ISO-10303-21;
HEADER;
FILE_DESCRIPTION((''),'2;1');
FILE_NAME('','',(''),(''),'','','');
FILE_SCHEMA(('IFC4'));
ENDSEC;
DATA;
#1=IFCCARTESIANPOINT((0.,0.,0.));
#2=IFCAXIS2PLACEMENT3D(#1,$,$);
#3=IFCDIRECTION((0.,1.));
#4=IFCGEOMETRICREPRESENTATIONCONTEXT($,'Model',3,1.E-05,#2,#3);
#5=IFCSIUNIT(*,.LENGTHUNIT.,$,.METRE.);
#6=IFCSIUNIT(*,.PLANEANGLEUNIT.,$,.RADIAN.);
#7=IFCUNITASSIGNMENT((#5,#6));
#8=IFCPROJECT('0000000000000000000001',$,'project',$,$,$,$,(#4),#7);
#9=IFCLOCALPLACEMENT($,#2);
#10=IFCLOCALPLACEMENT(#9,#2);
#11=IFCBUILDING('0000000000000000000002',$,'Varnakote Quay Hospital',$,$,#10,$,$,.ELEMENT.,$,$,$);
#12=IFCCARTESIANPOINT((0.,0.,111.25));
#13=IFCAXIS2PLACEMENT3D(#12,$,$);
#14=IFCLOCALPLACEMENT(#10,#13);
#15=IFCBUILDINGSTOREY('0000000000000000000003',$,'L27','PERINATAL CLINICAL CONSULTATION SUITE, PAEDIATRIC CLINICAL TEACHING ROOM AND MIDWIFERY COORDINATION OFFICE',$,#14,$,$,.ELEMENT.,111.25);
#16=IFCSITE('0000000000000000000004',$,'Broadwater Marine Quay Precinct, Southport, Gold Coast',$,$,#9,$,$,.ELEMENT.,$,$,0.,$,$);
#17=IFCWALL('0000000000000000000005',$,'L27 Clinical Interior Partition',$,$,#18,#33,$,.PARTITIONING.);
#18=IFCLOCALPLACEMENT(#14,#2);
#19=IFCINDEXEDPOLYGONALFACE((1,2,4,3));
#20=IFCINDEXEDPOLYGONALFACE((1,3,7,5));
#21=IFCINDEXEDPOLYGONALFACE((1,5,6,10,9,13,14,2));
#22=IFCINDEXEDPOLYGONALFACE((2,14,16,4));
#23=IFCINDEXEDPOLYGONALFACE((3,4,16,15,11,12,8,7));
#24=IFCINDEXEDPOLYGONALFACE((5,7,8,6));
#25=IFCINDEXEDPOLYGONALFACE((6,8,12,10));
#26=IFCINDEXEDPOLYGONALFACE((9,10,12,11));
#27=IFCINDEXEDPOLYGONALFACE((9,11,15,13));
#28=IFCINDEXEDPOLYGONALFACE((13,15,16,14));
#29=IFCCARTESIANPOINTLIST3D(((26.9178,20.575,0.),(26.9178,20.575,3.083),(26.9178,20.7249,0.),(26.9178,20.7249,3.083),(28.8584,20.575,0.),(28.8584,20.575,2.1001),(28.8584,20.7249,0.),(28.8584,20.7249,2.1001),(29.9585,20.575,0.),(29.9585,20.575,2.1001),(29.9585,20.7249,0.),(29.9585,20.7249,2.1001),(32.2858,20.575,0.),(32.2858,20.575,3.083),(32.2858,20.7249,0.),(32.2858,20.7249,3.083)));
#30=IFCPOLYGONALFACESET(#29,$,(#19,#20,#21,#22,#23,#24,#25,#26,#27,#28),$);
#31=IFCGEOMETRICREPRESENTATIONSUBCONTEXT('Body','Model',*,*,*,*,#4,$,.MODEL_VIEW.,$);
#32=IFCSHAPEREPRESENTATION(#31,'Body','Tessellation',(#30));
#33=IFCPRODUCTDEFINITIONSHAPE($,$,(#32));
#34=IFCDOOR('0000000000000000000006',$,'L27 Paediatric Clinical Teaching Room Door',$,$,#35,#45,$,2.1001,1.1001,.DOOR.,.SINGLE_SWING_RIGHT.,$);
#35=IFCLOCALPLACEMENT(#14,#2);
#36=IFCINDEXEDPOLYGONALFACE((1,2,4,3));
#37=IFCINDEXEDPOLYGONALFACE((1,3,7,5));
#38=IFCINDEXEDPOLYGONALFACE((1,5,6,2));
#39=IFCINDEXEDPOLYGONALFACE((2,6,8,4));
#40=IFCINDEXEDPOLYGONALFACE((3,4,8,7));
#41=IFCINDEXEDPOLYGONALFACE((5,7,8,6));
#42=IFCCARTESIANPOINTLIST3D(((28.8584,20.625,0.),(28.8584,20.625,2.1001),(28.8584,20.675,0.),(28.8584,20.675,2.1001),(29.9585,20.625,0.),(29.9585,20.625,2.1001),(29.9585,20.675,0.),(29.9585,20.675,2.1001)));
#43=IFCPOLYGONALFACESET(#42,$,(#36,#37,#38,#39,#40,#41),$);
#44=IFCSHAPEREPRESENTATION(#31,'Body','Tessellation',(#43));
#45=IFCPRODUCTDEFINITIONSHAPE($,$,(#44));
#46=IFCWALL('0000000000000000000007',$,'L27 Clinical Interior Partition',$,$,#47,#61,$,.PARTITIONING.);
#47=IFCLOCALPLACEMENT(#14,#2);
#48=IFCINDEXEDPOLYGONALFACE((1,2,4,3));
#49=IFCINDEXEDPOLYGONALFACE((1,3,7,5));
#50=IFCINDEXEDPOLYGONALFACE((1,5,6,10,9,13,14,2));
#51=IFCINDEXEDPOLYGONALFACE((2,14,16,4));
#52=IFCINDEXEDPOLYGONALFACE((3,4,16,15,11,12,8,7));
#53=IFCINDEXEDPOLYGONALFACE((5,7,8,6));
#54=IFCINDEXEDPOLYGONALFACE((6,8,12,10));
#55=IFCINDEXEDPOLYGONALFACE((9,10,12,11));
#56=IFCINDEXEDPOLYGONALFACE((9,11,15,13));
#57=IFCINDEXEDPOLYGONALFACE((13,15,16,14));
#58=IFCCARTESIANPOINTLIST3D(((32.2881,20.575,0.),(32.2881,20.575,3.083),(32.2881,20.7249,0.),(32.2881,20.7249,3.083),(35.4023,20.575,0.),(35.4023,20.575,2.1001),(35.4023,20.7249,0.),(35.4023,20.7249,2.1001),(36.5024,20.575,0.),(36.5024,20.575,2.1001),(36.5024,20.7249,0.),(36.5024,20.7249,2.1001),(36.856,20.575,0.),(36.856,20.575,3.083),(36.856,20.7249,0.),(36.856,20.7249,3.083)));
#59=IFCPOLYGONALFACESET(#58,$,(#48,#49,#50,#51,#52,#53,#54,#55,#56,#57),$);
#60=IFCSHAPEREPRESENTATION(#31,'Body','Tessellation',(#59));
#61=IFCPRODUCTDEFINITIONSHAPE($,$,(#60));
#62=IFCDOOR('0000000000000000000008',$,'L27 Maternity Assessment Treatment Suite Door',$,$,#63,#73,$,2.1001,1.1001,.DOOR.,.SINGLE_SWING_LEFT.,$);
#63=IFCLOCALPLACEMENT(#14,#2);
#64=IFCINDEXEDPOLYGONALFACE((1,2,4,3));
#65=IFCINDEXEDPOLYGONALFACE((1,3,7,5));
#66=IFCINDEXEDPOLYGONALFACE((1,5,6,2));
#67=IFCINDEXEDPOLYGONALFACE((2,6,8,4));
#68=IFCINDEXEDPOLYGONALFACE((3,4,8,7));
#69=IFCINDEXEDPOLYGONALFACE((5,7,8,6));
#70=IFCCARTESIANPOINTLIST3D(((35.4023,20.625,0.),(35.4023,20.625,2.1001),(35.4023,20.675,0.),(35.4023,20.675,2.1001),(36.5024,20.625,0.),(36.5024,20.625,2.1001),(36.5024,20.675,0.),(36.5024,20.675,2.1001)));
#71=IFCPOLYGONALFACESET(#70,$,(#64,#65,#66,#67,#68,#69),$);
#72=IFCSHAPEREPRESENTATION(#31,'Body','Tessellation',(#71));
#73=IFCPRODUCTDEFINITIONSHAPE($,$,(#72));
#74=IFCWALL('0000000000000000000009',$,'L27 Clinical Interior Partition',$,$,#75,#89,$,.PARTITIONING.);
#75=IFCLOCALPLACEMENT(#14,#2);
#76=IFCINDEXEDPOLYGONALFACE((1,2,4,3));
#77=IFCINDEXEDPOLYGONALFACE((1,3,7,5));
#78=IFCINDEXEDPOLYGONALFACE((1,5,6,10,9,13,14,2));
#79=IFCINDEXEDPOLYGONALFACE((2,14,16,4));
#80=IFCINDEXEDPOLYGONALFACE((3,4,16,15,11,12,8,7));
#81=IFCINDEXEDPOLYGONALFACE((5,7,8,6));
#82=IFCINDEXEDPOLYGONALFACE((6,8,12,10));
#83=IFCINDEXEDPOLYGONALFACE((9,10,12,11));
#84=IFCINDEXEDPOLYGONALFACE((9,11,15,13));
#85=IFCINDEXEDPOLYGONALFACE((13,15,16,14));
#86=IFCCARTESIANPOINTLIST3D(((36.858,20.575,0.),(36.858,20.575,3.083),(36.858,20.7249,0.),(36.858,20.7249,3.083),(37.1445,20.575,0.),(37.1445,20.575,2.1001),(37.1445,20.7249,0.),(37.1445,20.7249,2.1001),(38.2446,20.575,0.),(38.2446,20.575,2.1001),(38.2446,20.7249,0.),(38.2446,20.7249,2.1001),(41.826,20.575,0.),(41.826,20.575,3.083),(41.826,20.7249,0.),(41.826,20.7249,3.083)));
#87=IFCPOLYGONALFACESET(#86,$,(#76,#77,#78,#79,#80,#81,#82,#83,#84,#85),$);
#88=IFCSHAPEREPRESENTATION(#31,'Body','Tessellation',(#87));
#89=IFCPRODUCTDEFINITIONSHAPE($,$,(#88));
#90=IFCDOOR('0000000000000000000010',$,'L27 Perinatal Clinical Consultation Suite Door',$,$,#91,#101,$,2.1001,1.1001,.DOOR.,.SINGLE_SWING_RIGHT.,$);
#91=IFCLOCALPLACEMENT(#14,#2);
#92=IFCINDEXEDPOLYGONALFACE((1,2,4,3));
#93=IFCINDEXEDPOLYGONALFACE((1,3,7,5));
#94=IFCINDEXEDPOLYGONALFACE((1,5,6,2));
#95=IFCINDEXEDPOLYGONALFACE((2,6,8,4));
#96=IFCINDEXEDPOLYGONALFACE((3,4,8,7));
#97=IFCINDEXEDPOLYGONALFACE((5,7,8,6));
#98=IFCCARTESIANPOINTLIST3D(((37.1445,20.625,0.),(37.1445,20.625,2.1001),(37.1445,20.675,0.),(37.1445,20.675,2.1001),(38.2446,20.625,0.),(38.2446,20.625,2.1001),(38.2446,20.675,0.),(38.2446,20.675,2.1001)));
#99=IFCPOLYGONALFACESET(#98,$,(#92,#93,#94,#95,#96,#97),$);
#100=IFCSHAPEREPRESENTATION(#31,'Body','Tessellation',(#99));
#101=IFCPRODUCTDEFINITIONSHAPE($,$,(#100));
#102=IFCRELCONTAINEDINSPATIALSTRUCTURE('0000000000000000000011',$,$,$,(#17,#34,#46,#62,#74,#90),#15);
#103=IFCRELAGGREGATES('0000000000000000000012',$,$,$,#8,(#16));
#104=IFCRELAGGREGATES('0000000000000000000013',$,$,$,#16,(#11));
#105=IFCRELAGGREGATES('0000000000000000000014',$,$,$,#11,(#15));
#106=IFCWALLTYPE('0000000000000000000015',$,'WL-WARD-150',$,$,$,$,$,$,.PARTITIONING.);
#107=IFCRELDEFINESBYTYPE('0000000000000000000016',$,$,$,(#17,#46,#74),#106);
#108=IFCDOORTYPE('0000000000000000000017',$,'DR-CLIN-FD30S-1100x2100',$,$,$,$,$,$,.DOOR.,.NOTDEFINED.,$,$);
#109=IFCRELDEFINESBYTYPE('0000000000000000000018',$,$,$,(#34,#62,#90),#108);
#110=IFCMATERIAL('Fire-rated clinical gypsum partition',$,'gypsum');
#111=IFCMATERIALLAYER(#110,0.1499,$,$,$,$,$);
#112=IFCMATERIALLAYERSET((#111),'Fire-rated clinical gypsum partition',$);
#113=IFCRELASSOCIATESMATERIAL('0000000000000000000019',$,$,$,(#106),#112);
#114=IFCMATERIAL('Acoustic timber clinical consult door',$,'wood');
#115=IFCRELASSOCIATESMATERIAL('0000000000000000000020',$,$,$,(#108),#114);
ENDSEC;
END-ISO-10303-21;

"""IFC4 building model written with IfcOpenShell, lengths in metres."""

from ifc_helpers import new_model, si_unit, direction, frame, frame_2d, origin, place, context, subcontext, project, spatial, rectangle, extrude, material, layer, layer_set, type_object, element, fill, save


model = new_model("IFC4")

# Units and contexts
model_context = context("Model", 3, precision=1e-05, world=origin(), true_north=direction((0.0, 1.0)))
body_context = subcontext(model_context, "Body", "Model", "MODEL_VIEW")
ifc_project = project(units=[si_unit("LENGTHUNIT", "METRE"), si_unit("PLANEANGLEUNIT", "RADIAN")], contexts=[model_context])

# Site, building, storey
site_placement = place(None, origin())
site = spatial("IfcSite", under=ifc_project, at=site_placement, Name="Broadwater Marine Quay Precinct, Southport, Gold Coast", CompositionType="ELEMENT", RefElevation=0.0)
building_placement = place(site_placement, origin())
building = spatial("IfcBuilding", under=site, at=building_placement, Name="Varnakote Quay Hospital", CompositionType="ELEMENT")
storey_placement = place(building_placement, frame((0.0, 0.0, 111.25)))
storey = spatial("IfcBuildingStorey", under=building, at=storey_placement, Name="L27", Description="PERINATAL CLINICAL CONSULTATION SUITE, PAEDIATRIC CLINICAL TEACHING ROOM AND MIDWIFERY COORDINATION OFFICE", CompositionType="ELEMENT", Elevation=111.25)

# Shared definitions
ifc_material_1 = material(Name="Fire-rated clinical gypsum partition", Category="gypsum")
ifc_layer_1 = layer(ifc_material_1, 0.1499)
ifc_layer_set_1 = layer_set([ifc_layer_1], Name="Fire-rated clinical gypsum partition")
wall_type_1 = type_object("IfcWallType", Name="WL-WARD-150", PredefinedType="PARTITIONING", material=ifc_layer_set_1)
ifc_material_2 = material(Name="Acoustic timber clinical consult door", Category="wood")
door_type_1 = type_object("IfcDoorType", Name="DR-CLIN-FD30S-1100x2100", OperationType="NOTDEFINED", PredefinedType="DOOR", material=ifc_material_2)

# Walls, openings, doors
wall_1_placement = place(storey_placement, frame((32.2859, 20.6499, 0.0), z_axis=(0.0, 0.0, 1.0), x_axis=(-1.0, 0.0, 0.0)))
wall_1 = element("IfcWall", 1, at=wall_1_placement, inside=storey, type_object=wall_type_1, Name="L27 Clinical Interior Partition", PredefinedType="PARTITIONING", context=body_context, shape_type="SweptSolid", body=[
    extrude(rectangle(XDim=5.3679, YDim=0.1499, at=frame_2d((2.6841, 0.0))), origin(), (0.0, 0.0, 1.0), 3.083),
])
opening_1_placement = place(wall_1_placement, frame((2.3274, 0.0, 0.0)))
opening_1 = element("IfcOpeningElement", 2, at=opening_1_placement, cuts=wall_1, PredefinedType="OPENING", context=body_context, shape_type="SweptSolid", body=[
    extrude(rectangle(XDim=1.1001, YDim=2.1001, at=frame_2d((0.55, 1.05))), frame((0.0, 0.085, 0.0), z_axis=(0.0, -1.0, 0.0), x_axis=(1.0, 0.0, 0.0)), (0.0, 0.0, 1.0), 0.1699),
])
door_1_placement = place(opening_1_placement, origin())
door_1 = element("IfcDoor", 3, at=door_1_placement, inside=storey, type_object=door_type_1, Name="L27 Paediatric Clinical Teaching Room Door", OperationType="SINGLE_SWING_RIGHT", OverallHeight=2.1001, OverallWidth=1.1001, PredefinedType="DOOR", context=body_context, shape_type="SweptSolid", body=[
    extrude(rectangle(XDim=1.1001, YDim=2.1001, at=frame_2d((0.55, 1.05))), frame((0.0, 0.0249, 0.0), z_axis=(0.0, -1.0, 0.0), x_axis=(1.0, 0.0, 0.0)), (0.0, 0.0, 1.0), 0.05),
])
fill(opening_1, door_1)
wall_2_placement = place(storey_placement, frame((36.856, 20.6499, 0.0), z_axis=(0.0, 0.0, 1.0), x_axis=(-1.0, 0.0, 0.0)))
wall_2 = element("IfcWall", 4, at=wall_2_placement, inside=storey, type_object=wall_type_1, Name="L27 Clinical Interior Partition", PredefinedType="PARTITIONING", context=body_context, shape_type="SweptSolid", body=[
    extrude(rectangle(XDim=4.5679, YDim=0.1499, at=frame_2d((2.2839, 0.0))), origin(), (0.0, 0.0, 1.0), 3.083),
])
opening_2_placement = place(wall_2_placement, frame((0.3535, 0.0, 0.0)))
opening_2 = element("IfcOpeningElement", 5, at=opening_2_placement, cuts=wall_2, PredefinedType="OPENING", context=body_context, shape_type="SweptSolid", body=[
    extrude(rectangle(XDim=1.1001, YDim=2.1001, at=frame_2d((0.55, 1.05))), frame((0.0, 0.085, 0.0), z_axis=(0.0, -1.0, 0.0), x_axis=(1.0, 0.0, 0.0)), (0.0, 0.0, 1.0), 0.1699),
])
door_2_placement = place(opening_2_placement, origin())
door_2 = element("IfcDoor", 6, at=door_2_placement, inside=storey, type_object=door_type_1, Name="L27 Maternity Assessment Treatment Suite Door", OperationType="SINGLE_SWING_LEFT", OverallHeight=2.1001, OverallWidth=1.1001, PredefinedType="DOOR", context=body_context, shape_type="SweptSolid", body=[
    extrude(rectangle(XDim=1.1001, YDim=2.1001, at=frame_2d((0.55, 1.05))), frame((0.0, 0.0249, 0.0), z_axis=(0.0, -1.0, 0.0), x_axis=(1.0, 0.0, 0.0)), (0.0, 0.0, 1.0), 0.05),
])
fill(opening_2, door_2)
wall_3_placement = place(storey_placement, frame((41.8259, 20.6499, 0.0), z_axis=(0.0, 0.0, 1.0), x_axis=(-1.0, 0.0, 0.0)))
wall_3 = element("IfcWall", 7, at=wall_3_placement, inside=storey, type_object=wall_type_1, Name="L27 Clinical Interior Partition", PredefinedType="PARTITIONING", context=body_context, shape_type="SweptSolid", body=[
    extrude(rectangle(XDim=4.968, YDim=0.1499, at=frame_2d((2.4839, 0.0))), origin(), (0.0, 0.0, 1.0), 3.083),
])
opening_3_placement = place(wall_3_placement, frame((3.5813, 0.0, 0.0)))
opening_3 = element("IfcOpeningElement", 8, at=opening_3_placement, cuts=wall_3, PredefinedType="OPENING", context=body_context, shape_type="SweptSolid", body=[
    extrude(rectangle(XDim=1.1001, YDim=2.1001, at=frame_2d((0.55, 1.05))), frame((0.0, 0.085, 0.0), z_axis=(0.0, -1.0, 0.0), x_axis=(1.0, 0.0, 0.0)), (0.0, 0.0, 1.0), 0.1699),
])
door_3_placement = place(opening_3_placement, origin())
door_3 = element("IfcDoor", 9, at=door_3_placement, inside=storey, type_object=door_type_1, Name="L27 Perinatal Clinical Consultation Suite Door", OperationType="SINGLE_SWING_RIGHT", OverallHeight=2.1001, OverallWidth=1.1001, PredefinedType="DOOR", context=body_context, shape_type="SweptSolid", body=[
    extrude(rectangle(XDim=1.1001, YDim=2.1001, at=frame_2d((0.55, 1.05))), frame((0.0, 0.0249, 0.0), z_axis=(0.0, -1.0, 0.0), x_axis=(1.0, 0.0, 0.0)), (0.0, 0.0, 1.0), 0.05),
])
fill(opening_3, door_3)

save(model, "model.ifc")
